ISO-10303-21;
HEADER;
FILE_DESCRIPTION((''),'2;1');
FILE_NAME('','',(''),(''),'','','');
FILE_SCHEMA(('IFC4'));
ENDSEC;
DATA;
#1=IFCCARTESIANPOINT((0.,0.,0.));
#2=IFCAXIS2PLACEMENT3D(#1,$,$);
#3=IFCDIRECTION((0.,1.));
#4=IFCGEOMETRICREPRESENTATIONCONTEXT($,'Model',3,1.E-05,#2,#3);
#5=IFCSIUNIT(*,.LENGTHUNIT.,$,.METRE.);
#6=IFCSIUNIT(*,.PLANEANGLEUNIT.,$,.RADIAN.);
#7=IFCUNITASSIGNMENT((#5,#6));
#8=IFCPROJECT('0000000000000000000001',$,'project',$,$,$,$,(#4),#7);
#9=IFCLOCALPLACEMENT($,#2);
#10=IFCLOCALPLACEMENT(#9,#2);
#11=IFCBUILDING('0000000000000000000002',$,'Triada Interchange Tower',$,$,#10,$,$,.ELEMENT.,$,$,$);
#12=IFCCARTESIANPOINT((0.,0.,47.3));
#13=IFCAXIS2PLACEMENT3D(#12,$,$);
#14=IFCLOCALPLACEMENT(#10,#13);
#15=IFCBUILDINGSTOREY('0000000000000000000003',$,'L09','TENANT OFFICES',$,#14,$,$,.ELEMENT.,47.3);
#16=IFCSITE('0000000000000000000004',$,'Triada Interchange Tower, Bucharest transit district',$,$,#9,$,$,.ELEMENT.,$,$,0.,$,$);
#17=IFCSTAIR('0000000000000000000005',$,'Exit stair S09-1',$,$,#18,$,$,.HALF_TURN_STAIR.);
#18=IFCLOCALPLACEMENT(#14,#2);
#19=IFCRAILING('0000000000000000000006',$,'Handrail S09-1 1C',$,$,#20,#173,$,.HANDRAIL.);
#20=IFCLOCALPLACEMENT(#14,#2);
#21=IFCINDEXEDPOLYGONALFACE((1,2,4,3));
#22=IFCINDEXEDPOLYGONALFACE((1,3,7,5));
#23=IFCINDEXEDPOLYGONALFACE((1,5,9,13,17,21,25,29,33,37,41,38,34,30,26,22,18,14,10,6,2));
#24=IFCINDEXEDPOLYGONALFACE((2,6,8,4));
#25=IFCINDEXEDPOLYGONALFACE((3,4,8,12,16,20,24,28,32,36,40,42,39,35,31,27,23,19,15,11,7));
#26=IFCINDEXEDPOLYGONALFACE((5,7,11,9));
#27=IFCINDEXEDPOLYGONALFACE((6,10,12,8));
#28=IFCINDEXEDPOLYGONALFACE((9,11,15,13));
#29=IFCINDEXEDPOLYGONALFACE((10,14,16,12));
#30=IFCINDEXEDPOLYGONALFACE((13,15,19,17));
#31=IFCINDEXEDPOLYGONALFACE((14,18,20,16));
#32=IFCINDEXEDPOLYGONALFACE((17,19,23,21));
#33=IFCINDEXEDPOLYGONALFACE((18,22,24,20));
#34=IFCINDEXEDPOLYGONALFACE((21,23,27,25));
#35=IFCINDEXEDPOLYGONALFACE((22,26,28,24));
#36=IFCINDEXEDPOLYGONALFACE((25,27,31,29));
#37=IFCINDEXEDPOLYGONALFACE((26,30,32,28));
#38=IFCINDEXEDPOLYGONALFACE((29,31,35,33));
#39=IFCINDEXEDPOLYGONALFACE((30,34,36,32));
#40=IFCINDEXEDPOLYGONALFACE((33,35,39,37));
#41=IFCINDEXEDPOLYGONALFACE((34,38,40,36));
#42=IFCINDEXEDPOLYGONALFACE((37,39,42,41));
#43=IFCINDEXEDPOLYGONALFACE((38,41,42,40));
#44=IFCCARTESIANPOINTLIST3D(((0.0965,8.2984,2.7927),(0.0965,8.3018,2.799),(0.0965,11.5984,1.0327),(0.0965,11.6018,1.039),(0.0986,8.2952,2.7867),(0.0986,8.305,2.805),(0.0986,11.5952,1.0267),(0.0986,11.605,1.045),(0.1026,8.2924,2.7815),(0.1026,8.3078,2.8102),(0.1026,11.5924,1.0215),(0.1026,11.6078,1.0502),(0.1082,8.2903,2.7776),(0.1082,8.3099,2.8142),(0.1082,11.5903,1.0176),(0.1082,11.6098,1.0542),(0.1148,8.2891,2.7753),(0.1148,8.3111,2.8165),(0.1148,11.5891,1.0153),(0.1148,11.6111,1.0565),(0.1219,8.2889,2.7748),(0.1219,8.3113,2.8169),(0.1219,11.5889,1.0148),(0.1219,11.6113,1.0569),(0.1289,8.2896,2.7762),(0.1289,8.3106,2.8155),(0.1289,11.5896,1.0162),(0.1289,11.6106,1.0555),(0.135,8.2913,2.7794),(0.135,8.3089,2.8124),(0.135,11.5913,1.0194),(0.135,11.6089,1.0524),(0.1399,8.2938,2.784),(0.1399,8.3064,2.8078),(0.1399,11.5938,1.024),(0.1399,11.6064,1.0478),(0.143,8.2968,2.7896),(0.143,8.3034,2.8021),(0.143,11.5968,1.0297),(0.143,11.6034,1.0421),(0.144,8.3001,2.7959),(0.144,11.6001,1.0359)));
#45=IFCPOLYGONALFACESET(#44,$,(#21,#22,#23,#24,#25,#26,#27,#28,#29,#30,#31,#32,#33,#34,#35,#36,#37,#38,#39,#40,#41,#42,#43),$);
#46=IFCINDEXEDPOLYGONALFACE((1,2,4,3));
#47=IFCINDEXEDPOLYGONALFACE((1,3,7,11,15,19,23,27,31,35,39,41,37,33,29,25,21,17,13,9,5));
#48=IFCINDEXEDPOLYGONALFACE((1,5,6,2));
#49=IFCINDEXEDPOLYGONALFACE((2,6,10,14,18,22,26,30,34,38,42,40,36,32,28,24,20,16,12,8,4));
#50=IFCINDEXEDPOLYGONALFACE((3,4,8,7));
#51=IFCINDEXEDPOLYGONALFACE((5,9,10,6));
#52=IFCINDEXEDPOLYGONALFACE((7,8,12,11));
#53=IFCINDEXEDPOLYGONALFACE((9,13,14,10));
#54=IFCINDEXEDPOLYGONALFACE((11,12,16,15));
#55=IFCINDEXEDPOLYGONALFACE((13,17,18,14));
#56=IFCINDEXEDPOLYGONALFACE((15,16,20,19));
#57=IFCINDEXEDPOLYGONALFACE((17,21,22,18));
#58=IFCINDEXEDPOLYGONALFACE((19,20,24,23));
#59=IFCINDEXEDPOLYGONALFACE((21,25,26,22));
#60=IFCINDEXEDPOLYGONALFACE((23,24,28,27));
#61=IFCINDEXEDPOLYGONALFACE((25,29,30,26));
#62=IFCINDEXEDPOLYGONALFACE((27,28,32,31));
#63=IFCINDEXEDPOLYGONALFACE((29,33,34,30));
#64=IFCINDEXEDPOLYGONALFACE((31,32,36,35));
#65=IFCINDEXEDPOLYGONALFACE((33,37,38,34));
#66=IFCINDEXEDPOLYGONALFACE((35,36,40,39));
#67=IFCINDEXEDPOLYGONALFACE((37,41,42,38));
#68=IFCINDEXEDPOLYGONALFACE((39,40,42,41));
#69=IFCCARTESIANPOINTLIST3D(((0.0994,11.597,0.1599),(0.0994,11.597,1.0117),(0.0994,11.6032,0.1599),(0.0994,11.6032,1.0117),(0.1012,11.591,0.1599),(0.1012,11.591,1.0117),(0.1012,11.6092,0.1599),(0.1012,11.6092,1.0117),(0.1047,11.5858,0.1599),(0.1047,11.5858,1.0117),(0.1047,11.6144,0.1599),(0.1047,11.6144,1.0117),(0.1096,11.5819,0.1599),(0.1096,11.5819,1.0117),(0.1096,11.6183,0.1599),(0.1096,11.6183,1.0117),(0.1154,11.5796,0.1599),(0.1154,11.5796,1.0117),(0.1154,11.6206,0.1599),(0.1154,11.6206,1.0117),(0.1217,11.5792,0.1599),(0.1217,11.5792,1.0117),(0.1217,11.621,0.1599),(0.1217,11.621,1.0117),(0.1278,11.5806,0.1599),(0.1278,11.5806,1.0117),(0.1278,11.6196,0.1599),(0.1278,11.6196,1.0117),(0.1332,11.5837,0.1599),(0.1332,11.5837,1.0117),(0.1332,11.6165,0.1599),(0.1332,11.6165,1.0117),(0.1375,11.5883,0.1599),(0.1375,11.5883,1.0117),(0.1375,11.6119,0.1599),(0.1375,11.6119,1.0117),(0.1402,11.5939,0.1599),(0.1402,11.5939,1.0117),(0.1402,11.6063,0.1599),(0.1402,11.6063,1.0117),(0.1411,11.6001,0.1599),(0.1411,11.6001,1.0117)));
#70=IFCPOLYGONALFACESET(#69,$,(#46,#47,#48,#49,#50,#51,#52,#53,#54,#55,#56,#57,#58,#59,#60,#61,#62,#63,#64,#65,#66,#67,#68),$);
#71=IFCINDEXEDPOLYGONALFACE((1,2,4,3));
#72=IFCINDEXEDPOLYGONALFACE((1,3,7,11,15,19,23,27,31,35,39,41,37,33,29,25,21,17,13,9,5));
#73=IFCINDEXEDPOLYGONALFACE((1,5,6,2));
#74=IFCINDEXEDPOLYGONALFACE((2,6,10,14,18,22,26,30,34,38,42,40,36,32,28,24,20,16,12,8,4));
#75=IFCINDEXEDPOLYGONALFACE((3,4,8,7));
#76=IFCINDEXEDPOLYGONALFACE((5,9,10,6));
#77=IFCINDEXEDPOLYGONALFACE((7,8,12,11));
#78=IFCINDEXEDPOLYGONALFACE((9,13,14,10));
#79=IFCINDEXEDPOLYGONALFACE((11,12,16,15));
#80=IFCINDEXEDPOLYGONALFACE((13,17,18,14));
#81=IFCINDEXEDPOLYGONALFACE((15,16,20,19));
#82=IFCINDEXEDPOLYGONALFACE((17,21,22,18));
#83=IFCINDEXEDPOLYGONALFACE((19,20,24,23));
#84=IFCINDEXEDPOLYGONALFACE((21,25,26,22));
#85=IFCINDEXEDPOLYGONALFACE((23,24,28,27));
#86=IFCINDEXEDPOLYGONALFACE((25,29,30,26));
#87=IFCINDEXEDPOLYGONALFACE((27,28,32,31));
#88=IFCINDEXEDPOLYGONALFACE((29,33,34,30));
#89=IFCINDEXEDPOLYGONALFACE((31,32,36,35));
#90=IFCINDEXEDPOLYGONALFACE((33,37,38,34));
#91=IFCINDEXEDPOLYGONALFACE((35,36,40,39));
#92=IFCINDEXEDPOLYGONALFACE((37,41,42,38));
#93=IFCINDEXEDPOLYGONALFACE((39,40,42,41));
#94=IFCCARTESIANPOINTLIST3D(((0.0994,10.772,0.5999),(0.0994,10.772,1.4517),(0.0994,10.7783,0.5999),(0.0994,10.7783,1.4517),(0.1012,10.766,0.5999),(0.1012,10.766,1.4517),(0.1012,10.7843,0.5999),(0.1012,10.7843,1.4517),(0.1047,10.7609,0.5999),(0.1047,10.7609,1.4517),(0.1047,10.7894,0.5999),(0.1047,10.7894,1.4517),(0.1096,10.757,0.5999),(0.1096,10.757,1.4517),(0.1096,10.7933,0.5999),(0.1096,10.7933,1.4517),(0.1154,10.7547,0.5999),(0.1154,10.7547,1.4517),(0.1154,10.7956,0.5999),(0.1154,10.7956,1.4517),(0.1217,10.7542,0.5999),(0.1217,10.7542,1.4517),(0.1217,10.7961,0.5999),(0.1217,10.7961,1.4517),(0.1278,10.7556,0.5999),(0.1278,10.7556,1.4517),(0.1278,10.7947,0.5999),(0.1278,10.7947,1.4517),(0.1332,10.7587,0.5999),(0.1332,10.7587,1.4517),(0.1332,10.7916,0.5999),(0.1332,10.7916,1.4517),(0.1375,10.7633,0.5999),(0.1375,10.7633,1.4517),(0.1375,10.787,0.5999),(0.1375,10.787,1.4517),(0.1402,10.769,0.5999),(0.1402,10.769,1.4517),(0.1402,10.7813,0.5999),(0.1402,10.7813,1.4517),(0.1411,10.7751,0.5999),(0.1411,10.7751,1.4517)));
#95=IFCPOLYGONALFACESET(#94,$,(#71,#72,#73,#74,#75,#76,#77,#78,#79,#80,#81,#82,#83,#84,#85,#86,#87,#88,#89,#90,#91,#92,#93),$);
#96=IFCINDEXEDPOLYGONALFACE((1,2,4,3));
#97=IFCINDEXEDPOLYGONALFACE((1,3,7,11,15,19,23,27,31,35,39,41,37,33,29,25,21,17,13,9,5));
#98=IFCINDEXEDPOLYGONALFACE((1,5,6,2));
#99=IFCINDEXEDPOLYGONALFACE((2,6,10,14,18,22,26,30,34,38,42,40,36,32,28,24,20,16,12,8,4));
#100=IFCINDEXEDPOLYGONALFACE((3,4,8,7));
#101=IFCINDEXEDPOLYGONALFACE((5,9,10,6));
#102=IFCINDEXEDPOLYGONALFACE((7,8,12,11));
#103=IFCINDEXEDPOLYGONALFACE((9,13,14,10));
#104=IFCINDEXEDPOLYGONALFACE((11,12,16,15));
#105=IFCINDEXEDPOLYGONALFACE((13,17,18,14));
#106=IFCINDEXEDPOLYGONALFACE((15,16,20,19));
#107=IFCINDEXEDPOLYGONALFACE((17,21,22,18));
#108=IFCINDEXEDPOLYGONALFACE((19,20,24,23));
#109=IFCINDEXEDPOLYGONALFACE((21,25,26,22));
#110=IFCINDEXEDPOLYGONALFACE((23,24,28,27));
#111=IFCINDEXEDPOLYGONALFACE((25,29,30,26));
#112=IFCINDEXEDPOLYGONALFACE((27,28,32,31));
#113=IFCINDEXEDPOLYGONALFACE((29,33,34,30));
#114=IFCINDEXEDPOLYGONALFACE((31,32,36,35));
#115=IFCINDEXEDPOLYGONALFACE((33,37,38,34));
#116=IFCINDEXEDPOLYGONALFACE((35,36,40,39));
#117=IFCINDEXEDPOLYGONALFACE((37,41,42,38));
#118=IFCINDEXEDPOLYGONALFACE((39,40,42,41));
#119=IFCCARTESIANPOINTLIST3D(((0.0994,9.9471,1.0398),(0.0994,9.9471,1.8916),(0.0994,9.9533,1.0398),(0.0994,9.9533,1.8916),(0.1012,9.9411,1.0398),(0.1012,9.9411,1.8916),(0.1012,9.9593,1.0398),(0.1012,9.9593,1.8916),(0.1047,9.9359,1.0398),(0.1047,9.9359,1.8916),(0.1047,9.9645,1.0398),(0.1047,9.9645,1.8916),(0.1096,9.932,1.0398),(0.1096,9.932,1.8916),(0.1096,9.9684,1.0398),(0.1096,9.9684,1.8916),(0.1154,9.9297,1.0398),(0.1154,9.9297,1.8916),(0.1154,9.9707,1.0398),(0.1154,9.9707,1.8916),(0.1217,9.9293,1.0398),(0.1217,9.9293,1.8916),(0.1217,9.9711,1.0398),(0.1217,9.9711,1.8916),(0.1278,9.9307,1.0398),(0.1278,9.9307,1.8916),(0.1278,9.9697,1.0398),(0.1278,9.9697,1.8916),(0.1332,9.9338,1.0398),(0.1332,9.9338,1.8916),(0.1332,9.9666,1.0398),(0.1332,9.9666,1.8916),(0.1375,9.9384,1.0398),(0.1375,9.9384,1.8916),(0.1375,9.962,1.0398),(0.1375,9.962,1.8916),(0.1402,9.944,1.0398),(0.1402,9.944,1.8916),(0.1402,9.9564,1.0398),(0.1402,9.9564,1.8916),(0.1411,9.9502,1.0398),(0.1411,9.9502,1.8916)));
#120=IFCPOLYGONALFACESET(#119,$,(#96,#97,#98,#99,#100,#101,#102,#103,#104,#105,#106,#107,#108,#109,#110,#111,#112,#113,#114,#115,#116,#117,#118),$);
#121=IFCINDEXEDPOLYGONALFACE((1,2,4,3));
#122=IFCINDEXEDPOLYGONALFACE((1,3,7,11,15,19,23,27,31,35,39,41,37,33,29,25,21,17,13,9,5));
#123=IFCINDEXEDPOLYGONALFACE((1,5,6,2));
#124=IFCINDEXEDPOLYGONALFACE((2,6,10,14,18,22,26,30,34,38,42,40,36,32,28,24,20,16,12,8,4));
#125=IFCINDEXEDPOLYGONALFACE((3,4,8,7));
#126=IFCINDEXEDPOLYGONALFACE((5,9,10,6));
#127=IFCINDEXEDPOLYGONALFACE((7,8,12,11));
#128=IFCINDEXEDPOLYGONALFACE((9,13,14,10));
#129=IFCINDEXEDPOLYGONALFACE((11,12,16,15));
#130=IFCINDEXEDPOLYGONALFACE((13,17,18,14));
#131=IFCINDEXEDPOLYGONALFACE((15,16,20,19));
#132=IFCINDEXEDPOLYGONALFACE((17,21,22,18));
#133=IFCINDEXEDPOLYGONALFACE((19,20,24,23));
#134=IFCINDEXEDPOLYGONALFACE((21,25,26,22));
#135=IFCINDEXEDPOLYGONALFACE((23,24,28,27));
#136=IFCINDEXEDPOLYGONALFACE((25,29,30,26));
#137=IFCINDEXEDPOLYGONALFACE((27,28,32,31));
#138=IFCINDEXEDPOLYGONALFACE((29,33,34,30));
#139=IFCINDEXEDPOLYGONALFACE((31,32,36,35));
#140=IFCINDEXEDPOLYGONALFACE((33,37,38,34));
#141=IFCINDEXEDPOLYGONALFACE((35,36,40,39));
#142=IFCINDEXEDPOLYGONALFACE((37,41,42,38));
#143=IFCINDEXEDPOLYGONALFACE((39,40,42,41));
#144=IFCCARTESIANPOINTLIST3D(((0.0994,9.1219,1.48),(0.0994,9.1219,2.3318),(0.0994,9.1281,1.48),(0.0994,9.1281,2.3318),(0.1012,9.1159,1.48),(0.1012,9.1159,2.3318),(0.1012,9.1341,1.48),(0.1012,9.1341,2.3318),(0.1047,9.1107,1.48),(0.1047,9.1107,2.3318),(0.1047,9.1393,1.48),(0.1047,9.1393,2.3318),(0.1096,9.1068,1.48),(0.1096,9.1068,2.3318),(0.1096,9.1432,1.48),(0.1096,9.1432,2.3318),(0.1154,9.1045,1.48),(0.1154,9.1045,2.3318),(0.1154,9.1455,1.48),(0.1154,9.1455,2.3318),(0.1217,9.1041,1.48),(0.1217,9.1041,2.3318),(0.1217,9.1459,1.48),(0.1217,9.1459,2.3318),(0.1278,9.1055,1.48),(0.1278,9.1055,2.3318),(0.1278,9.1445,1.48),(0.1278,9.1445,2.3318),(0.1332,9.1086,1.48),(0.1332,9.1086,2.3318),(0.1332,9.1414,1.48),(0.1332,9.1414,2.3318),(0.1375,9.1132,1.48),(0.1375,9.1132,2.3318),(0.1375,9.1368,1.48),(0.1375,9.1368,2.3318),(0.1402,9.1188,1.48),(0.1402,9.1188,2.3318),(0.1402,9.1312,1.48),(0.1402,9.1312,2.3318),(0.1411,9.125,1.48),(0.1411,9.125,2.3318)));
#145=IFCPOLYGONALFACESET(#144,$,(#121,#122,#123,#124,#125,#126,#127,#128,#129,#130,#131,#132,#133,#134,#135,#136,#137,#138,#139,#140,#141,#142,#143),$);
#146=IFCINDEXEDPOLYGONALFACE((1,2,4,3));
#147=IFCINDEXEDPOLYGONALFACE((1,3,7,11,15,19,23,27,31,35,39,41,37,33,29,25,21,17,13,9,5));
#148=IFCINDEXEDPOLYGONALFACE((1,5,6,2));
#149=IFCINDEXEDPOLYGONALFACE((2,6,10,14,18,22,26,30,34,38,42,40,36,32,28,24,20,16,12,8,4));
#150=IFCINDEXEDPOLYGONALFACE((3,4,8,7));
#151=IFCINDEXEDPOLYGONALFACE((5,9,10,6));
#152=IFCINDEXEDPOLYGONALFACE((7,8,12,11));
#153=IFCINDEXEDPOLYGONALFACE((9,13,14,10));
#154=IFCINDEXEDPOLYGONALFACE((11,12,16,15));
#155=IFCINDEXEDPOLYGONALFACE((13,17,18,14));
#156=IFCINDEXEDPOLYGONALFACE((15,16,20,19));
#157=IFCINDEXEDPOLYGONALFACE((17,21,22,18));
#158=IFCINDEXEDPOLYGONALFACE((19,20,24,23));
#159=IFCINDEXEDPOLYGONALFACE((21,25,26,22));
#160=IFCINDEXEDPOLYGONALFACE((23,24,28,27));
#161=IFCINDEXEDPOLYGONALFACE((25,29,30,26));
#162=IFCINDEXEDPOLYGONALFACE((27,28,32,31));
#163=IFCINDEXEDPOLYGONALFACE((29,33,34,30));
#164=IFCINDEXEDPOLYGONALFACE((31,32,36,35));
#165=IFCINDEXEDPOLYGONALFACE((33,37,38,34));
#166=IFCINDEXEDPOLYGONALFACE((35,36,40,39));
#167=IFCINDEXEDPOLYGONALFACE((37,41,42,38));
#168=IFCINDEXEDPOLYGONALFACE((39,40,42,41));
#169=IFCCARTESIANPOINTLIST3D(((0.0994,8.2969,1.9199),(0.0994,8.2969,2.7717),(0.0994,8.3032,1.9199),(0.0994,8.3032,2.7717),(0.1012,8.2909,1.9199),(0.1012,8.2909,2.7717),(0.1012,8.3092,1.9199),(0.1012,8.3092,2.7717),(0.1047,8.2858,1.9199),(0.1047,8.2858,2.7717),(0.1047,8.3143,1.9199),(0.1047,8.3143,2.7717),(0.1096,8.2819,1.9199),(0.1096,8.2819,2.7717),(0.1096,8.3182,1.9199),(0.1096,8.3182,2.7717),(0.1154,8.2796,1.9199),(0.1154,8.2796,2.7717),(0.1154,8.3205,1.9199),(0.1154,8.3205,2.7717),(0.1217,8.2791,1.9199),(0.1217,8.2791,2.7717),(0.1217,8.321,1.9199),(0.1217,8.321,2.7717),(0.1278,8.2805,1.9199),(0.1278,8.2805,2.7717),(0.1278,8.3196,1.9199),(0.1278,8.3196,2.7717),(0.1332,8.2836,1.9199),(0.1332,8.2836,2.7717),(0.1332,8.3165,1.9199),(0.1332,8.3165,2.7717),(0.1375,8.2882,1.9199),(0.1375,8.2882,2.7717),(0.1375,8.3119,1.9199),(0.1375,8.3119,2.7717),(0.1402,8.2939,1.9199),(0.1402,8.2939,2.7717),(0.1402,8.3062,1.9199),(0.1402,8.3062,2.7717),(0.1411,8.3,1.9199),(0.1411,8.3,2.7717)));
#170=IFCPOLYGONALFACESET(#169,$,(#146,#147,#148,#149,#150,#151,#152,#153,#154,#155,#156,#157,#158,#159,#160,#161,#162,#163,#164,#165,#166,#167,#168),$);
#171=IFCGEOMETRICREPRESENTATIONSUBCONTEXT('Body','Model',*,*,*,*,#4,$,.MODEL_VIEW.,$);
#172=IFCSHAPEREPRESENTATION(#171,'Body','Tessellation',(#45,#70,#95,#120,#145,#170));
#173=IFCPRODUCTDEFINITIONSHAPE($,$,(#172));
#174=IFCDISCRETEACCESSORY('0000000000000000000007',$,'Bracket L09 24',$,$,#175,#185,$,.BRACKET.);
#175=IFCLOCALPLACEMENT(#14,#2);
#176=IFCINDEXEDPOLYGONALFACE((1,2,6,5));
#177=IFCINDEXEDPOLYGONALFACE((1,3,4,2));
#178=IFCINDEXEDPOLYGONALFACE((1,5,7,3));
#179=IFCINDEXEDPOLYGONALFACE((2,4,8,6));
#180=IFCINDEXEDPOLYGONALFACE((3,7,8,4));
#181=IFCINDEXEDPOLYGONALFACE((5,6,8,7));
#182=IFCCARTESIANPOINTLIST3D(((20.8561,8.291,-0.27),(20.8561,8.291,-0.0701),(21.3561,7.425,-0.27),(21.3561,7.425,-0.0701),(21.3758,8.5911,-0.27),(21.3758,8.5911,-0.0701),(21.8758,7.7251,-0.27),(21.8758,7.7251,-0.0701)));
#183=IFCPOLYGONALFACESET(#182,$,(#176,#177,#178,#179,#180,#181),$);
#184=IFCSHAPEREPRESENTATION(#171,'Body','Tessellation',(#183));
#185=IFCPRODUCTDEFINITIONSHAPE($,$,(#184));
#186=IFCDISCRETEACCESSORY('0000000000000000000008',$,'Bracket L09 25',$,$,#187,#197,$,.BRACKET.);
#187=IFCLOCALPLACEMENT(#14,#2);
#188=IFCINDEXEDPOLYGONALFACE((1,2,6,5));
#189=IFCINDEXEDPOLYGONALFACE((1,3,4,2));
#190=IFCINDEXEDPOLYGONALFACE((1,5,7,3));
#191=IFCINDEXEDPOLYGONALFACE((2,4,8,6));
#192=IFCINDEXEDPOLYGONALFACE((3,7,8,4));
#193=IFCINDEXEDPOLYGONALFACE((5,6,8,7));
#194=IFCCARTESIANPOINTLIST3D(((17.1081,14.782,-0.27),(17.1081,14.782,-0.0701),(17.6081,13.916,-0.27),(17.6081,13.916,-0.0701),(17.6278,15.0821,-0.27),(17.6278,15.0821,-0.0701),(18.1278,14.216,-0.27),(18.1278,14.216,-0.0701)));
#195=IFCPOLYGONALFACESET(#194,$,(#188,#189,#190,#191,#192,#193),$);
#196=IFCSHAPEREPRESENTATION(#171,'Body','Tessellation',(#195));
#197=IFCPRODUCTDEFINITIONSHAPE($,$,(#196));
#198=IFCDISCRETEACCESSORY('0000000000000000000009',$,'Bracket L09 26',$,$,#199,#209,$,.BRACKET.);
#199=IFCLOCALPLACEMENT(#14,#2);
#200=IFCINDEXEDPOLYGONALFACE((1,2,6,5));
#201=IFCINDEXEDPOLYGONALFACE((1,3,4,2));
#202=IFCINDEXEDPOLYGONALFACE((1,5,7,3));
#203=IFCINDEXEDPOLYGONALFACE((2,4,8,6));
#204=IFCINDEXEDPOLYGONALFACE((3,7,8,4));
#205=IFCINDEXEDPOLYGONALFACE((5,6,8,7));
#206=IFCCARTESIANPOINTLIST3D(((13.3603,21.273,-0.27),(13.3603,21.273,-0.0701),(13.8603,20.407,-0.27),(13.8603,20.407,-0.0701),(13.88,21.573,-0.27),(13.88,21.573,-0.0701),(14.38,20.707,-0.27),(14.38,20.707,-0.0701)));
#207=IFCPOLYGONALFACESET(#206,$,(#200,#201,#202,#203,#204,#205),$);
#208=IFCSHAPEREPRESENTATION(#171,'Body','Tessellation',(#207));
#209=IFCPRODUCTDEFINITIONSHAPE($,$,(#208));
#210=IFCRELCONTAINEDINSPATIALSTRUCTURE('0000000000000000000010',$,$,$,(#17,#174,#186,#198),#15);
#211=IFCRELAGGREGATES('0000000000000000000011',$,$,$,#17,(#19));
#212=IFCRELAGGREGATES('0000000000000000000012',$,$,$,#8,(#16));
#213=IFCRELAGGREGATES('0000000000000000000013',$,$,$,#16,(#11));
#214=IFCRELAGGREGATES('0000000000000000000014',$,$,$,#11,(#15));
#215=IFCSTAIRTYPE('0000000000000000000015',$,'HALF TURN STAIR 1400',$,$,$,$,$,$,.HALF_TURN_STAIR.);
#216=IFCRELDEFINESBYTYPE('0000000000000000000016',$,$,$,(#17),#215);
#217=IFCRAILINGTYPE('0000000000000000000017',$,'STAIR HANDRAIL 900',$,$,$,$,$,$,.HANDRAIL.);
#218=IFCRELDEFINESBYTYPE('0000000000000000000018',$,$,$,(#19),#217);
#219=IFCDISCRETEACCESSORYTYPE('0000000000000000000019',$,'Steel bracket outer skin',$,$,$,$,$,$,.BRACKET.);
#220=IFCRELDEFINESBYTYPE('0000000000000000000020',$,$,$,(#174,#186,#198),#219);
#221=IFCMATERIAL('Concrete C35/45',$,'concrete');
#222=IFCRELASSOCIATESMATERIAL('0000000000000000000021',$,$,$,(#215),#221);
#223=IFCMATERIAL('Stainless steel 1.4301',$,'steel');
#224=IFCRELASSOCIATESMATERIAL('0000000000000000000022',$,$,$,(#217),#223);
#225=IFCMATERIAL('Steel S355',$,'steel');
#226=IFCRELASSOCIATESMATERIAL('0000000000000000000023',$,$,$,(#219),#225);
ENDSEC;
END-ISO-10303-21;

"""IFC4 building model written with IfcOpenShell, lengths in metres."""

from ifc_helpers import new_model, si_unit, direction, frame, origin, origin_2d, place, context, subcontext, project, spatial, rectangle, circle, extrude, material, type_object, element, aggregate, save


model = new_model("IFC4")

# Units and contexts
model_context = context("Model", 3, precision=1e-05, world=origin(), true_north=direction((0.0, 1.0)))
body_context = subcontext(model_context, "Body", "Model", "MODEL_VIEW")
ifc_project = project(units=[si_unit("LENGTHUNIT", "METRE"), si_unit("PLANEANGLEUNIT", "RADIAN")], contexts=[model_context])

# Site, building, storey
site_placement = place(None, origin())
site = spatial("IfcSite", under=ifc_project, at=site_placement, Name="Triada Interchange Tower, Bucharest transit district", CompositionType="ELEMENT", RefElevation=0.0)
building_placement = place(site_placement, origin())
building = spatial("IfcBuilding", under=site, at=building_placement, Name="Triada Interchange Tower", CompositionType="ELEMENT")
storey_placement = place(building_placement, frame((0.0, 0.0, 47.3)))
storey = spatial("IfcBuildingStorey", under=building, at=storey_placement, Name="L09", Description="TENANT OFFICES", CompositionType="ELEMENT", Elevation=47.3)

# Stair
ifc_material_1 = material(Name="Concrete C35/45", Category="concrete")
stair_type = type_object("IfcStairType", Name="HALF TURN STAIR 1400", PredefinedType="HALF_TURN_STAIR", material=ifc_material_1)
stair_placement = place(storey_placement, origin())
stair = element("IfcStair", 1, at=stair_placement, inside=storey, type_object=stair_type, Name="Exit stair S09-1", PredefinedType="HALF_TURN_STAIR")

# Railing
ifc_material_2 = material(Name="Stainless steel 1.4301", Category="steel")
railing_type = type_object("IfcRailingType", Name="STAIR HANDRAIL 900", PredefinedType="HANDRAIL", material=ifc_material_2)
railing_1_placement = place(storey_placement, frame((0.1201, 11.6001, 0.1599)))
railing_1 = element("IfcRailing", 2, at=railing_1_placement, type_object=railing_type, Name="Handrail S09-1 1C", PredefinedType="HANDRAIL", context=body_context, shape_type="SweptSolid", body=[
    extrude(circle(Radius=0.0239, at=origin_2d()), frame((0.0, 0.0, 0.876), z_axis=(0.0, -0.882355, 0.470585), x_axis=(1.0, 0.0, 0.0)), (0.0, 0.0, 1.0), 3.74),
    extrude(circle(Radius=0.021, at=origin_2d()), origin(), (0.0, 0.0, 1.0), 0.8518),
    extrude(circle(Radius=0.021, at=origin_2d()), frame((0.0, -0.825, 0.4399)), (0.0, 0.0, 1.0), 0.8518),
    extrude(circle(Radius=0.021, at=origin_2d()), frame((0.0, -1.6499, 0.8799)), (0.0, 0.0, 1.0), 0.8518),
    extrude(circle(Radius=0.021, at=origin_2d()), frame((0.0, -2.4751, 1.3201)), (0.0, 0.0, 1.0), 0.8518),
    extrude(circle(Radius=0.021, at=origin_2d()), frame((0.0, -3.3, 1.76)), (0.0, 0.0, 1.0), 0.8518),
])
aggregate(stair, [railing_1])

# Discrete accessories
ifc_material_3 = material(Name="Steel S355", Category="steel")
discrete_accessory_type = type_object("IfcDiscreteAccessoryType", Name="Steel bracket outer skin", PredefinedType="BRACKET", material=ifc_material_3)
for number, where, z_axis, x_axis, name in (
    (3, (21.366, 8.0081, -0.27), (0.0, 0.0, 1.0), (0.866026, 0.499999, 0.0), "Bracket L09 24"),
    (4, (17.6179, 14.499, -0.27), (0.0, 0.0, 1.0), (0.866026, 0.499999, 0.0), "Bracket L09 25"),
    (5, (13.8701, 20.99, -0.27), (0.0, 0.0, 1.0), (0.866026, 0.499999, 0.0), "Bracket L09 26"),
):
    element("IfcDiscreteAccessory", number, at=place(storey_placement, frame(where, z_axis=z_axis, x_axis=x_axis)), inside=storey, type_object=discrete_accessory_type, Name=name, PredefinedType="BRACKET", context=body_context, shape_type="SweptSolid", body=[
        extrude(rectangle(XDim=0.6001, YDim=1.0, at=origin_2d()), origin(), (0.0, 0.0, 1.0), 0.2),
    ])

save(model, "model.ifc")
